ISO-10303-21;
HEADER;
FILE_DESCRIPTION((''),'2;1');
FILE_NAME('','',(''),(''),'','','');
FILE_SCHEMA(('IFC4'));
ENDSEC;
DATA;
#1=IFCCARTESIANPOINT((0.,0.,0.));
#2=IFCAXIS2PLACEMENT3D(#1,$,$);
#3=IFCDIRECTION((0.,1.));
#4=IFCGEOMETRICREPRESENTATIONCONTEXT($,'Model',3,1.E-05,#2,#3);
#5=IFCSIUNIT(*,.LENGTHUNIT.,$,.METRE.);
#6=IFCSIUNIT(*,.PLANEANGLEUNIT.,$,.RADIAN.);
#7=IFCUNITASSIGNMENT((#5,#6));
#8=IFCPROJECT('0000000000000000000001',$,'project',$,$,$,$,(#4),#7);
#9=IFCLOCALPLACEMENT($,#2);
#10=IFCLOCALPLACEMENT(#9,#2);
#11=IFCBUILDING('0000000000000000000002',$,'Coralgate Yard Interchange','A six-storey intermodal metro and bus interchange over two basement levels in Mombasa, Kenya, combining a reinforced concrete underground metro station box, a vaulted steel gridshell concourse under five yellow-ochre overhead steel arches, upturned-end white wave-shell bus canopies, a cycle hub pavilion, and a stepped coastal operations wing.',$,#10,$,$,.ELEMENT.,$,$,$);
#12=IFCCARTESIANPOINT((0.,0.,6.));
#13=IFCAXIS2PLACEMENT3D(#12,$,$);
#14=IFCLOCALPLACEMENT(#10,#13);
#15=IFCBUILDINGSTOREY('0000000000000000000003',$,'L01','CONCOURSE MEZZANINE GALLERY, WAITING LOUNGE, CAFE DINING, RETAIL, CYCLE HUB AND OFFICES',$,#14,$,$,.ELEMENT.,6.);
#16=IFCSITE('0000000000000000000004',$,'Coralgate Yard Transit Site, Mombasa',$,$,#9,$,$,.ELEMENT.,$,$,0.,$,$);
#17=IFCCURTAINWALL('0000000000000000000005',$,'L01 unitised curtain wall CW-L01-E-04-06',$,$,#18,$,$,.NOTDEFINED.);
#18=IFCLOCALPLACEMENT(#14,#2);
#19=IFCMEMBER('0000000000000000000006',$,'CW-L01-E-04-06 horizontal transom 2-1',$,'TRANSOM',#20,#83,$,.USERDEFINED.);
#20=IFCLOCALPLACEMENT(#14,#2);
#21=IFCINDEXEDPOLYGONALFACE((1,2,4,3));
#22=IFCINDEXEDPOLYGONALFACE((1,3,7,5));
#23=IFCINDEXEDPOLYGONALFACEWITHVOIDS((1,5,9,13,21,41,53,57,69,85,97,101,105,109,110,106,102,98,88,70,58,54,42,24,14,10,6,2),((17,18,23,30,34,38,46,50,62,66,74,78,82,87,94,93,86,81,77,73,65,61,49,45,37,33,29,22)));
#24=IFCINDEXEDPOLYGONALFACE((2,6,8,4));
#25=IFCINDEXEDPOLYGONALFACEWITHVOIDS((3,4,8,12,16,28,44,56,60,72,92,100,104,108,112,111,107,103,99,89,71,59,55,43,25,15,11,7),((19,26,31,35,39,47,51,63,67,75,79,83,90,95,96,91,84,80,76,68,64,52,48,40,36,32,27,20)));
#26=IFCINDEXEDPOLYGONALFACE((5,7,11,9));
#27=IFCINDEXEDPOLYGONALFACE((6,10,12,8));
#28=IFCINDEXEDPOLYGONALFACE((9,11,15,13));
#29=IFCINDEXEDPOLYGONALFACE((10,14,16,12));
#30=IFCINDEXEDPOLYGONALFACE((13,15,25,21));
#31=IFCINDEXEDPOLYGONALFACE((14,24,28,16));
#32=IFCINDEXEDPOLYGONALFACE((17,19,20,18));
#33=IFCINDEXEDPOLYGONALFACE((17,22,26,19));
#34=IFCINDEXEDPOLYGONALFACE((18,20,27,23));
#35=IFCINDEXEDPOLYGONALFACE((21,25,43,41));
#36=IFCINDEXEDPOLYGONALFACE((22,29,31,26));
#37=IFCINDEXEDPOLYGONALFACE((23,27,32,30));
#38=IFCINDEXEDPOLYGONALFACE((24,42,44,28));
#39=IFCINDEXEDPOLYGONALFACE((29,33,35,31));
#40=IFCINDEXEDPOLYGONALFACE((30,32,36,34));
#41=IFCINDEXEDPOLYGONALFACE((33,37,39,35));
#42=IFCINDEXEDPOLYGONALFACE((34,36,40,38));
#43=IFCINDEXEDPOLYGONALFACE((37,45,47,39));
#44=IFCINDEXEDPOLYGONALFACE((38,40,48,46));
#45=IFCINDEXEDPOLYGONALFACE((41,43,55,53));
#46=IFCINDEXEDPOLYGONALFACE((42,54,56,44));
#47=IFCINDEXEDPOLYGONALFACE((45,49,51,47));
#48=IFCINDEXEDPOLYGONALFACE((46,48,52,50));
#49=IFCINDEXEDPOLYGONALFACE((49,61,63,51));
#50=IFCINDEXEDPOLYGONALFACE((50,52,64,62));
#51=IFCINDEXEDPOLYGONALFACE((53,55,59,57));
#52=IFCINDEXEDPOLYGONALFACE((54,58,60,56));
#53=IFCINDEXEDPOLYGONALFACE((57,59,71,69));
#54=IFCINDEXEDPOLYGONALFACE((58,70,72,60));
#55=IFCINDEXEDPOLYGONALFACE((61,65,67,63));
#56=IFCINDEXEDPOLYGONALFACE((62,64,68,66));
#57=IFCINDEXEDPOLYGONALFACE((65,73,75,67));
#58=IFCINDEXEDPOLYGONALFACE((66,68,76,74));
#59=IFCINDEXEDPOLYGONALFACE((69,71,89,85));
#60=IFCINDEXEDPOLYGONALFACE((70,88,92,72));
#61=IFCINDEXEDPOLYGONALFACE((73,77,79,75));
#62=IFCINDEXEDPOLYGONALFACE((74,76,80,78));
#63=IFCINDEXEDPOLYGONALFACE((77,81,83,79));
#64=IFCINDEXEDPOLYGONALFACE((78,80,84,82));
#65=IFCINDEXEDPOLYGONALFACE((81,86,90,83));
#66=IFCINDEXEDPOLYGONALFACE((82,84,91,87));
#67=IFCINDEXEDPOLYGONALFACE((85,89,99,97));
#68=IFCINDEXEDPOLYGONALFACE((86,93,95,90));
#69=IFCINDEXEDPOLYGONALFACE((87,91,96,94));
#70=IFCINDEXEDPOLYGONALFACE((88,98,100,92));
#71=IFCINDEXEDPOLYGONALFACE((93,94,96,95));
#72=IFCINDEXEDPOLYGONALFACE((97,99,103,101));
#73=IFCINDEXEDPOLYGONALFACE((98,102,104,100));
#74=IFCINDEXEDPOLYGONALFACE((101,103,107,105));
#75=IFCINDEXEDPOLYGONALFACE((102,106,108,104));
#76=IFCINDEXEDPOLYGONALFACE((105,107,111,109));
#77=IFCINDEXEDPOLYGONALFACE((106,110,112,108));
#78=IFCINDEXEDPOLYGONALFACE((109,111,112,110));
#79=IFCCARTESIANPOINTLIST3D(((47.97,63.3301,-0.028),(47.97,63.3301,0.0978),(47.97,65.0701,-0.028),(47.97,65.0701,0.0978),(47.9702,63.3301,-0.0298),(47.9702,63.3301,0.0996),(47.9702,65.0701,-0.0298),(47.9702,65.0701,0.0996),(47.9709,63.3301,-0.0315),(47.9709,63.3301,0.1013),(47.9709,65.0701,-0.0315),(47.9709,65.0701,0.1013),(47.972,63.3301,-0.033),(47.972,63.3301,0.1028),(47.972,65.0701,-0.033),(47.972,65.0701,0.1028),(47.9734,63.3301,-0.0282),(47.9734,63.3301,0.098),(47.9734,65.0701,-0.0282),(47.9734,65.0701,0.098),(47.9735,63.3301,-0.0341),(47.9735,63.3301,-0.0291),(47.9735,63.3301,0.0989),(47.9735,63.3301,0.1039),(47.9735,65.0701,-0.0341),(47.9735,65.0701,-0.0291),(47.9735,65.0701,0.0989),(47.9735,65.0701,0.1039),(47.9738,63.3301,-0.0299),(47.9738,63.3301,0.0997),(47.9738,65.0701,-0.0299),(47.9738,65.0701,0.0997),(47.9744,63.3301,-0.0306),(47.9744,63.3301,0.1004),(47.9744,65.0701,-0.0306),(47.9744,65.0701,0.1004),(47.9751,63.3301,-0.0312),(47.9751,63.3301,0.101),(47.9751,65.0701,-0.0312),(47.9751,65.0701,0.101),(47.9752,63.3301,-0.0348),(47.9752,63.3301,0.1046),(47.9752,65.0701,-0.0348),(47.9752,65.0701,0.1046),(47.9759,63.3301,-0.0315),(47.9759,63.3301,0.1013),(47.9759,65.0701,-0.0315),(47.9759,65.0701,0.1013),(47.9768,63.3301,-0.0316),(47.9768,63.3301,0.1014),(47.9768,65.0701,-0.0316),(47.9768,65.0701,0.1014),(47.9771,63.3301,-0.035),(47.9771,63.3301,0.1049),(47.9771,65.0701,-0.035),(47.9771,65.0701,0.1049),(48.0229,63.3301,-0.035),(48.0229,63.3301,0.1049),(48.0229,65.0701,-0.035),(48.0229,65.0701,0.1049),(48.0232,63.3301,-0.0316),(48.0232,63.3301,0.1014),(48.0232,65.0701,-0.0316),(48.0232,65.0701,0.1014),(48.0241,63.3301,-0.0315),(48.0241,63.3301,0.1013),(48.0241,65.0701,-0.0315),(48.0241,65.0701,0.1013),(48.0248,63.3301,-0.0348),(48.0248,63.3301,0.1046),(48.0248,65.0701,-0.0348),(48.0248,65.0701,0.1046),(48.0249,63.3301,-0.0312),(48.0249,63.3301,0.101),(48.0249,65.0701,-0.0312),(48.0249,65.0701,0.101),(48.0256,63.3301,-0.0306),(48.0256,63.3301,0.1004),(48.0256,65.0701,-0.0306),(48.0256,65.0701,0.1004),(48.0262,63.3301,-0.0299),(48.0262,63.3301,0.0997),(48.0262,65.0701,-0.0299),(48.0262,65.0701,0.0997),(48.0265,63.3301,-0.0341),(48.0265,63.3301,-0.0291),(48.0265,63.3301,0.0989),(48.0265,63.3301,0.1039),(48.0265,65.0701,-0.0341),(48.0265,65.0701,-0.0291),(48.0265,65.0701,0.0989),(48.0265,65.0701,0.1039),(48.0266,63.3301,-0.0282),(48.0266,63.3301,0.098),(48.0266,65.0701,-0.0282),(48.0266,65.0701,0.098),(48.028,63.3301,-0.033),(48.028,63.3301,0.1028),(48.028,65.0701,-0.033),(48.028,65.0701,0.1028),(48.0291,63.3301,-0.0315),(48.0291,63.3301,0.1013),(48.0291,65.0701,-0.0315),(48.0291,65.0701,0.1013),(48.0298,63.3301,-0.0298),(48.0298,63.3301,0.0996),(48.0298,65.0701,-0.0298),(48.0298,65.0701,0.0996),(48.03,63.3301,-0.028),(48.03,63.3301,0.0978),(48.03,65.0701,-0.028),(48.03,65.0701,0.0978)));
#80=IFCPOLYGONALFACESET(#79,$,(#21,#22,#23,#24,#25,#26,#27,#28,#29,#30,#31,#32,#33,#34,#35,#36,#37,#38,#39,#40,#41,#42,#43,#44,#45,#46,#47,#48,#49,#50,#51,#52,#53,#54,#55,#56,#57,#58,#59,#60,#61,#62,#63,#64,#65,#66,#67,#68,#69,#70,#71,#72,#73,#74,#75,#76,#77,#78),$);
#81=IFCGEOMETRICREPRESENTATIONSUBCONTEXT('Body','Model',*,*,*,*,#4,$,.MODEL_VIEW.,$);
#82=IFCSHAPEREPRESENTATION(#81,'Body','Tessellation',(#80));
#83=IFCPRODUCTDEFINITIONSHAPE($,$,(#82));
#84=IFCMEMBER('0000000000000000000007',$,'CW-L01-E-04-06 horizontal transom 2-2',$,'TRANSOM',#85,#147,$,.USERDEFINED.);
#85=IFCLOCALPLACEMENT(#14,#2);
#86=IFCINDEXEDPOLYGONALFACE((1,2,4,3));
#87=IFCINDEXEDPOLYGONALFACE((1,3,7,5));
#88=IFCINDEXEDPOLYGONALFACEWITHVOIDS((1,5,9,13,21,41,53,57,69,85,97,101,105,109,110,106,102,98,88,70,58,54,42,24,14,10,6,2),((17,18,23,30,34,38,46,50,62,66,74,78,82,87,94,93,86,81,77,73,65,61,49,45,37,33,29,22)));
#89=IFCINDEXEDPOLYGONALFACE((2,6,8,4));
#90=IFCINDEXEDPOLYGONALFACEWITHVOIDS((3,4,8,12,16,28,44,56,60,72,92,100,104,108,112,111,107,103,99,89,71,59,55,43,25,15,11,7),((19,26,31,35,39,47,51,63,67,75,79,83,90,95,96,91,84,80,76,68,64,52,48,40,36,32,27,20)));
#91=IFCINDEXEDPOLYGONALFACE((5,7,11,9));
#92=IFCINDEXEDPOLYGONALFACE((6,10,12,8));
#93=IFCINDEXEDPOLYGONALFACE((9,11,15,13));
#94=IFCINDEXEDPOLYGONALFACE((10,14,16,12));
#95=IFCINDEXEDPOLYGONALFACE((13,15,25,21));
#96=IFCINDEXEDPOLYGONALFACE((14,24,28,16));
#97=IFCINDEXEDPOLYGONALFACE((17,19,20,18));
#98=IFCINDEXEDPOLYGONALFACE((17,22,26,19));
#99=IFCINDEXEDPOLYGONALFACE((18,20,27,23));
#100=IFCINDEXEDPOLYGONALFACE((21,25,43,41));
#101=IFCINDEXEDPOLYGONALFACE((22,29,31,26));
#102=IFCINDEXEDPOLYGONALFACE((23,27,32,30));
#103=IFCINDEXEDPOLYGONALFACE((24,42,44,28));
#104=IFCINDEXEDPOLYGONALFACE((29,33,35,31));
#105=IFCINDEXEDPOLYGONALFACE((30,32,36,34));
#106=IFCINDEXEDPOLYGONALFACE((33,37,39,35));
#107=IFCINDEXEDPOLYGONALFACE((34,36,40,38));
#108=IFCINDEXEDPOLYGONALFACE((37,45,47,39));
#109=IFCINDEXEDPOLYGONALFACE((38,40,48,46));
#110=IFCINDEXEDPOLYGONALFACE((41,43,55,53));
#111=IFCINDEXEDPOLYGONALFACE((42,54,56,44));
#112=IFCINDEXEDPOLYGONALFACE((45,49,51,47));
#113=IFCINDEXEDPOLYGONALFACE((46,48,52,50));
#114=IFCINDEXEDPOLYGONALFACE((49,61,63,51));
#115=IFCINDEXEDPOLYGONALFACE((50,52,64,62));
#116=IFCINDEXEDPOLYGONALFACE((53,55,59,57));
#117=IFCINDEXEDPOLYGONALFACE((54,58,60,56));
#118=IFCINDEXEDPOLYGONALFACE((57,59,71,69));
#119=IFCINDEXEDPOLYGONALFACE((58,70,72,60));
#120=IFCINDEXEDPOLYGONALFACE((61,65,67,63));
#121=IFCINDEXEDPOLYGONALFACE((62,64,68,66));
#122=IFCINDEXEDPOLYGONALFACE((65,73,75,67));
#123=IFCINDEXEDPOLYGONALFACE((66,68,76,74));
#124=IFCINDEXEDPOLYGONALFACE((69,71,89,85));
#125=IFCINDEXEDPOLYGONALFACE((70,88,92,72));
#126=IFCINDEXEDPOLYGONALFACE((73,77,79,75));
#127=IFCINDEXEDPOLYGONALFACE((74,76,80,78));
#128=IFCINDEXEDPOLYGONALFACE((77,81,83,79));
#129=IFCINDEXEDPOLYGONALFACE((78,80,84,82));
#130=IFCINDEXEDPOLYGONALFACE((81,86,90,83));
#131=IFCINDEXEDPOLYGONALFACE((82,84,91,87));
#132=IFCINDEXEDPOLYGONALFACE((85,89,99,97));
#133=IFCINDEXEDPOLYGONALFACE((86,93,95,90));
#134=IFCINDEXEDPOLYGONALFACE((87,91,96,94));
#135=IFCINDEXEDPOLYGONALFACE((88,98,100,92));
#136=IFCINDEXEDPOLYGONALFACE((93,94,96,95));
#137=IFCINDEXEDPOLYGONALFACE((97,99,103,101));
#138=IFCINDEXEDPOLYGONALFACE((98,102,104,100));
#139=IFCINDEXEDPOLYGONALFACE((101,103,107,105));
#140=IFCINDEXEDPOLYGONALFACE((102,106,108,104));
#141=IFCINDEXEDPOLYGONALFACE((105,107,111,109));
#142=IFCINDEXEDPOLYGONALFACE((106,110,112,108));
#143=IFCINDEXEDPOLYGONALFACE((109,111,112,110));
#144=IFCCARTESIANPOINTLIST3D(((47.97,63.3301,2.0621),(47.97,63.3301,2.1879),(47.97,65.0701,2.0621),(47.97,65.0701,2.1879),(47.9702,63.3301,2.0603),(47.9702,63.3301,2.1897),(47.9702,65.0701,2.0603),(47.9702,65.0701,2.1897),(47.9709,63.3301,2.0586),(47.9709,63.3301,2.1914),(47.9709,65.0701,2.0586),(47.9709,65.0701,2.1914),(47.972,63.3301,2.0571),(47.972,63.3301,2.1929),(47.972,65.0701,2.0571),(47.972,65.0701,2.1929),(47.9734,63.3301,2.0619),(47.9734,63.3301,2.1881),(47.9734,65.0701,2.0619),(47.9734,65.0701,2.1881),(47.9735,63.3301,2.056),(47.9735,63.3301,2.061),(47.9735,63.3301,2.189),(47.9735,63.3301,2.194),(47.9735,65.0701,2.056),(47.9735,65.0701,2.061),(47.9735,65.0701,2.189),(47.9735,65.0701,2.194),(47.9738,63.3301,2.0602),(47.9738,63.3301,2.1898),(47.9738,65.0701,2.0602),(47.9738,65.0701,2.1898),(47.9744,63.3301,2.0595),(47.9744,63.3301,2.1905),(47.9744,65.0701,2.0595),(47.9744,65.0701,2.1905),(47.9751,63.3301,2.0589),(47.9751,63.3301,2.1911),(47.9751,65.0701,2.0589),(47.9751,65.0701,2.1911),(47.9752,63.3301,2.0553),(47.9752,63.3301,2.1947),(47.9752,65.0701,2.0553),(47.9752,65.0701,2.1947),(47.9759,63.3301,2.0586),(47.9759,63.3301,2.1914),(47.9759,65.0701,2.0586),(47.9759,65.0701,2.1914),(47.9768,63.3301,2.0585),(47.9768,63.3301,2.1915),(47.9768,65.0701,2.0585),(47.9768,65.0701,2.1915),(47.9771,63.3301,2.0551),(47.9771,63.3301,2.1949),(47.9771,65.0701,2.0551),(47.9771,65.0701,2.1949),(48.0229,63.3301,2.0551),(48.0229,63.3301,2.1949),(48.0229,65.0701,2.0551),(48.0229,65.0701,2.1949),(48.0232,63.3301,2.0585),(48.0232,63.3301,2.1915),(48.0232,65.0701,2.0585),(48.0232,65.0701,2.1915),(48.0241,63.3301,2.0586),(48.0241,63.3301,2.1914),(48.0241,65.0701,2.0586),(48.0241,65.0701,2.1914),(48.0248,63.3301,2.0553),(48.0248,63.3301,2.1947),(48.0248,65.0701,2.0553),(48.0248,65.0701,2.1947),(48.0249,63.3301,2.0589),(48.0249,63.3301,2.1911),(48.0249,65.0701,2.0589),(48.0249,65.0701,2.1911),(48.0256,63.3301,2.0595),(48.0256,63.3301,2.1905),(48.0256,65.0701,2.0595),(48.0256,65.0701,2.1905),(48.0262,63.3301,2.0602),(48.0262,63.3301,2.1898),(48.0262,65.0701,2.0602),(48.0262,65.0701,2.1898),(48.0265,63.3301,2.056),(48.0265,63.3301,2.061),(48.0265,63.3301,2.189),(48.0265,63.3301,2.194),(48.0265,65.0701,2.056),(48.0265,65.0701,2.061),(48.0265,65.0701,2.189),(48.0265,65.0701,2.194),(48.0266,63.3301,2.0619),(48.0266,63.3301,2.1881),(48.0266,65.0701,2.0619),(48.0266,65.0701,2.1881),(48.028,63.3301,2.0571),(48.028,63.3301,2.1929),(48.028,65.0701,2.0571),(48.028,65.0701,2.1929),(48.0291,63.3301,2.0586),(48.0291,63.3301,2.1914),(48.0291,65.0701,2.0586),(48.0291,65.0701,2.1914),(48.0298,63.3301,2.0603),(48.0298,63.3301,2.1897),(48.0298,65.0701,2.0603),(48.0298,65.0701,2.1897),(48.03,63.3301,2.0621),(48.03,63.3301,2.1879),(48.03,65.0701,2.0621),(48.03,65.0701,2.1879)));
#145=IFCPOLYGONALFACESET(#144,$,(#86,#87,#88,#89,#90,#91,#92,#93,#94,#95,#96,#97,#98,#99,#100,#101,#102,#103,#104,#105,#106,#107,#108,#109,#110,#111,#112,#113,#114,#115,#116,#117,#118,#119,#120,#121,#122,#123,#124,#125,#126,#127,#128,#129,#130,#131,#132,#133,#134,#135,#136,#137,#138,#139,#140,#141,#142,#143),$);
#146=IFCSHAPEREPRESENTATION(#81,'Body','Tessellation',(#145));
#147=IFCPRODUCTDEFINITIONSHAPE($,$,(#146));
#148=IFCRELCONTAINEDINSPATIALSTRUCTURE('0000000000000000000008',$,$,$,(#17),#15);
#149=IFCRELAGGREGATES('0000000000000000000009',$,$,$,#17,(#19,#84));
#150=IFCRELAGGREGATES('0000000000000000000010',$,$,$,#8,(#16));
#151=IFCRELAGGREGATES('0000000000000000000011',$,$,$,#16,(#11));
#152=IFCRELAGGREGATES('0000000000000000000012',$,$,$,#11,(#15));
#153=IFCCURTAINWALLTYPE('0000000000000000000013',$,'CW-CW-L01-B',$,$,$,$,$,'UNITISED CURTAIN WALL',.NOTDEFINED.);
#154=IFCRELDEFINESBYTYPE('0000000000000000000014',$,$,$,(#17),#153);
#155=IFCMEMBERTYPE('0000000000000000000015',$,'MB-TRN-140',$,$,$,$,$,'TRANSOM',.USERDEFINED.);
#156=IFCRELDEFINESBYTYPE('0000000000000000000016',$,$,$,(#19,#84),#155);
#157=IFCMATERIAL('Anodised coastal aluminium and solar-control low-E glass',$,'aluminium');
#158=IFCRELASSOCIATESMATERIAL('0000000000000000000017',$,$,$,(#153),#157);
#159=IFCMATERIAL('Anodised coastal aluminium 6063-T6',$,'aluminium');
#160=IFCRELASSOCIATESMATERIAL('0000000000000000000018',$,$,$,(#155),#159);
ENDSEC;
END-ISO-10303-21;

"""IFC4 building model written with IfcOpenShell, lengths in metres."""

from ifc_helpers import new_model, si_unit, direction, frame, origin, origin_2d, place, context, subcontext, project, spatial, hollow_rectangle, extrude, material, material_profile, profile_set, type_object, element, aggregate, save


model = new_model("IFC4")

# Units and contexts
model_context = context("Model", 3, precision=1e-05, world=origin(), true_north=direction((0.0, 1.0)))
body_context = subcontext(model_context, "Body", "Model", "MODEL_VIEW")
ifc_project = project(units=[si_unit("LENGTHUNIT", "METRE"), si_unit("PLANEANGLEUNIT", "RADIAN")], contexts=[model_context])

# Site, building, storey
site_placement = place(None, origin())
site = spatial("IfcSite", under=ifc_project, at=site_placement, Name="Coralgate Yard Transit Site, Mombasa", CompositionType="ELEMENT", RefElevation=0.0)
building_placement = place(site_placement, origin())
building = spatial("IfcBuilding", under=site, at=building_placement, Name="Coralgate Yard Interchange", Description="A six-storey intermodal metro and bus interchange over two basement levels in Mombasa, Kenya, combining a reinforced concrete underground metro station box, a vaulted steel gridshell concourse under five yellow-ochre overhead steel arches, upturned-end white wave-shell bus canopies, a cycle hub pavilion, and a stepped coastal operations wing.", CompositionType="ELEMENT")
storey_placement = place(building_placement, frame((0.0, 0.0, 6.0)))
storey = spatial("IfcBuildingStorey", under=building, at=storey_placement, Name="L01", Description="CONCOURSE MEZZANINE GALLERY, WAITING LOUNGE, CAFE DINING, RETAIL, CYCLE HUB AND OFFICES", CompositionType="ELEMENT", Elevation=6.0)

# Shared definitions
ifc_material_1 = material(Name="Anodised coastal aluminium and solar-control low-E glass", Category="aluminium")
curtain_wall_type = type_object("IfcCurtainWallType", Name="CW-CW-L01-B", ElementType="UNITISED CURTAIN WALL", PredefinedType="NOTDEFINED", material=ifc_material_1)
ifc_material_2 = material(Name="Anodised coastal aluminium 6063-T6", Category="aluminium")

# Curtain wall
curtain_wall_1_placement = place(storey_placement, origin())
curtain_wall_1 = element("IfcCurtainWall", 1, at=curtain_wall_1_placement, inside=storey, type_object=curtain_wall_type, Name="L01 unitised curtain wall CW-L01-E-04-06", PredefinedType="NOTDEFINED")

# Members
ifc_material_profile_1 = material_profile(ifc_material_2, hollow_rectangle(XDim=0.0601, YDim=0.1399, WallThickness=0.0034, InnerFilletRadius=0.0034, OuterFilletRadius=0.0071, at=origin_2d()), Name="ALU 60x140x3.5")
ifc_profile_set_1 = profile_set([ifc_material_profile_1], Name="Anodised coastal aluminium 6063-T6")
member_type_1 = type_object("IfcMemberType", Name="MB-TRN-140", ElementType="TRANSOM", PredefinedType="USERDEFINED", material=ifc_profile_set_1)
member_1_placement = place(storey_placement, frame((48.0, 65.0701, 0.0349), z_axis=(0.0, -1.0, 0.0), x_axis=(1.0, 0.0, 0.0)))
member_1 = element("IfcMember", 2, at=member_1_placement, type_object=member_type_1, Name="CW-L01-E-04-06 horizontal transom 2-1", ObjectType="TRANSOM", PredefinedType="USERDEFINED", context=body_context, shape_type="SweptSolid", body=[
    extrude(hollow_rectangle(XDim=0.0601, YDim=0.1399, WallThickness=0.0034, InnerFilletRadius=0.0034, OuterFilletRadius=0.0071, at=origin_2d()), origin(), (0.0, 0.0, 1.0), 1.74),
])
member_2_placement = place(storey_placement, frame((48.0, 65.0701, 2.125), z_axis=(0.0, -1.0, 0.0), x_axis=(1.0, 0.0, 0.0)))
member_2 = element("IfcMember", 3, at=member_2_placement, type_object=member_type_1, Name="CW-L01-E-04-06 horizontal transom 2-2", ObjectType="TRANSOM", PredefinedType="USERDEFINED", context=body_context, shape_type="SweptSolid", body=[
    extrude(hollow_rectangle(XDim=0.0601, YDim=0.1399, WallThickness=0.0034, InnerFilletRadius=0.0034, OuterFilletRadius=0.0071, at=origin_2d()), origin(), (0.0, 0.0, 1.0), 1.74),
])

aggregate(curtain_wall_1, [member_1, member_2])

save(model, "model.ifc")
